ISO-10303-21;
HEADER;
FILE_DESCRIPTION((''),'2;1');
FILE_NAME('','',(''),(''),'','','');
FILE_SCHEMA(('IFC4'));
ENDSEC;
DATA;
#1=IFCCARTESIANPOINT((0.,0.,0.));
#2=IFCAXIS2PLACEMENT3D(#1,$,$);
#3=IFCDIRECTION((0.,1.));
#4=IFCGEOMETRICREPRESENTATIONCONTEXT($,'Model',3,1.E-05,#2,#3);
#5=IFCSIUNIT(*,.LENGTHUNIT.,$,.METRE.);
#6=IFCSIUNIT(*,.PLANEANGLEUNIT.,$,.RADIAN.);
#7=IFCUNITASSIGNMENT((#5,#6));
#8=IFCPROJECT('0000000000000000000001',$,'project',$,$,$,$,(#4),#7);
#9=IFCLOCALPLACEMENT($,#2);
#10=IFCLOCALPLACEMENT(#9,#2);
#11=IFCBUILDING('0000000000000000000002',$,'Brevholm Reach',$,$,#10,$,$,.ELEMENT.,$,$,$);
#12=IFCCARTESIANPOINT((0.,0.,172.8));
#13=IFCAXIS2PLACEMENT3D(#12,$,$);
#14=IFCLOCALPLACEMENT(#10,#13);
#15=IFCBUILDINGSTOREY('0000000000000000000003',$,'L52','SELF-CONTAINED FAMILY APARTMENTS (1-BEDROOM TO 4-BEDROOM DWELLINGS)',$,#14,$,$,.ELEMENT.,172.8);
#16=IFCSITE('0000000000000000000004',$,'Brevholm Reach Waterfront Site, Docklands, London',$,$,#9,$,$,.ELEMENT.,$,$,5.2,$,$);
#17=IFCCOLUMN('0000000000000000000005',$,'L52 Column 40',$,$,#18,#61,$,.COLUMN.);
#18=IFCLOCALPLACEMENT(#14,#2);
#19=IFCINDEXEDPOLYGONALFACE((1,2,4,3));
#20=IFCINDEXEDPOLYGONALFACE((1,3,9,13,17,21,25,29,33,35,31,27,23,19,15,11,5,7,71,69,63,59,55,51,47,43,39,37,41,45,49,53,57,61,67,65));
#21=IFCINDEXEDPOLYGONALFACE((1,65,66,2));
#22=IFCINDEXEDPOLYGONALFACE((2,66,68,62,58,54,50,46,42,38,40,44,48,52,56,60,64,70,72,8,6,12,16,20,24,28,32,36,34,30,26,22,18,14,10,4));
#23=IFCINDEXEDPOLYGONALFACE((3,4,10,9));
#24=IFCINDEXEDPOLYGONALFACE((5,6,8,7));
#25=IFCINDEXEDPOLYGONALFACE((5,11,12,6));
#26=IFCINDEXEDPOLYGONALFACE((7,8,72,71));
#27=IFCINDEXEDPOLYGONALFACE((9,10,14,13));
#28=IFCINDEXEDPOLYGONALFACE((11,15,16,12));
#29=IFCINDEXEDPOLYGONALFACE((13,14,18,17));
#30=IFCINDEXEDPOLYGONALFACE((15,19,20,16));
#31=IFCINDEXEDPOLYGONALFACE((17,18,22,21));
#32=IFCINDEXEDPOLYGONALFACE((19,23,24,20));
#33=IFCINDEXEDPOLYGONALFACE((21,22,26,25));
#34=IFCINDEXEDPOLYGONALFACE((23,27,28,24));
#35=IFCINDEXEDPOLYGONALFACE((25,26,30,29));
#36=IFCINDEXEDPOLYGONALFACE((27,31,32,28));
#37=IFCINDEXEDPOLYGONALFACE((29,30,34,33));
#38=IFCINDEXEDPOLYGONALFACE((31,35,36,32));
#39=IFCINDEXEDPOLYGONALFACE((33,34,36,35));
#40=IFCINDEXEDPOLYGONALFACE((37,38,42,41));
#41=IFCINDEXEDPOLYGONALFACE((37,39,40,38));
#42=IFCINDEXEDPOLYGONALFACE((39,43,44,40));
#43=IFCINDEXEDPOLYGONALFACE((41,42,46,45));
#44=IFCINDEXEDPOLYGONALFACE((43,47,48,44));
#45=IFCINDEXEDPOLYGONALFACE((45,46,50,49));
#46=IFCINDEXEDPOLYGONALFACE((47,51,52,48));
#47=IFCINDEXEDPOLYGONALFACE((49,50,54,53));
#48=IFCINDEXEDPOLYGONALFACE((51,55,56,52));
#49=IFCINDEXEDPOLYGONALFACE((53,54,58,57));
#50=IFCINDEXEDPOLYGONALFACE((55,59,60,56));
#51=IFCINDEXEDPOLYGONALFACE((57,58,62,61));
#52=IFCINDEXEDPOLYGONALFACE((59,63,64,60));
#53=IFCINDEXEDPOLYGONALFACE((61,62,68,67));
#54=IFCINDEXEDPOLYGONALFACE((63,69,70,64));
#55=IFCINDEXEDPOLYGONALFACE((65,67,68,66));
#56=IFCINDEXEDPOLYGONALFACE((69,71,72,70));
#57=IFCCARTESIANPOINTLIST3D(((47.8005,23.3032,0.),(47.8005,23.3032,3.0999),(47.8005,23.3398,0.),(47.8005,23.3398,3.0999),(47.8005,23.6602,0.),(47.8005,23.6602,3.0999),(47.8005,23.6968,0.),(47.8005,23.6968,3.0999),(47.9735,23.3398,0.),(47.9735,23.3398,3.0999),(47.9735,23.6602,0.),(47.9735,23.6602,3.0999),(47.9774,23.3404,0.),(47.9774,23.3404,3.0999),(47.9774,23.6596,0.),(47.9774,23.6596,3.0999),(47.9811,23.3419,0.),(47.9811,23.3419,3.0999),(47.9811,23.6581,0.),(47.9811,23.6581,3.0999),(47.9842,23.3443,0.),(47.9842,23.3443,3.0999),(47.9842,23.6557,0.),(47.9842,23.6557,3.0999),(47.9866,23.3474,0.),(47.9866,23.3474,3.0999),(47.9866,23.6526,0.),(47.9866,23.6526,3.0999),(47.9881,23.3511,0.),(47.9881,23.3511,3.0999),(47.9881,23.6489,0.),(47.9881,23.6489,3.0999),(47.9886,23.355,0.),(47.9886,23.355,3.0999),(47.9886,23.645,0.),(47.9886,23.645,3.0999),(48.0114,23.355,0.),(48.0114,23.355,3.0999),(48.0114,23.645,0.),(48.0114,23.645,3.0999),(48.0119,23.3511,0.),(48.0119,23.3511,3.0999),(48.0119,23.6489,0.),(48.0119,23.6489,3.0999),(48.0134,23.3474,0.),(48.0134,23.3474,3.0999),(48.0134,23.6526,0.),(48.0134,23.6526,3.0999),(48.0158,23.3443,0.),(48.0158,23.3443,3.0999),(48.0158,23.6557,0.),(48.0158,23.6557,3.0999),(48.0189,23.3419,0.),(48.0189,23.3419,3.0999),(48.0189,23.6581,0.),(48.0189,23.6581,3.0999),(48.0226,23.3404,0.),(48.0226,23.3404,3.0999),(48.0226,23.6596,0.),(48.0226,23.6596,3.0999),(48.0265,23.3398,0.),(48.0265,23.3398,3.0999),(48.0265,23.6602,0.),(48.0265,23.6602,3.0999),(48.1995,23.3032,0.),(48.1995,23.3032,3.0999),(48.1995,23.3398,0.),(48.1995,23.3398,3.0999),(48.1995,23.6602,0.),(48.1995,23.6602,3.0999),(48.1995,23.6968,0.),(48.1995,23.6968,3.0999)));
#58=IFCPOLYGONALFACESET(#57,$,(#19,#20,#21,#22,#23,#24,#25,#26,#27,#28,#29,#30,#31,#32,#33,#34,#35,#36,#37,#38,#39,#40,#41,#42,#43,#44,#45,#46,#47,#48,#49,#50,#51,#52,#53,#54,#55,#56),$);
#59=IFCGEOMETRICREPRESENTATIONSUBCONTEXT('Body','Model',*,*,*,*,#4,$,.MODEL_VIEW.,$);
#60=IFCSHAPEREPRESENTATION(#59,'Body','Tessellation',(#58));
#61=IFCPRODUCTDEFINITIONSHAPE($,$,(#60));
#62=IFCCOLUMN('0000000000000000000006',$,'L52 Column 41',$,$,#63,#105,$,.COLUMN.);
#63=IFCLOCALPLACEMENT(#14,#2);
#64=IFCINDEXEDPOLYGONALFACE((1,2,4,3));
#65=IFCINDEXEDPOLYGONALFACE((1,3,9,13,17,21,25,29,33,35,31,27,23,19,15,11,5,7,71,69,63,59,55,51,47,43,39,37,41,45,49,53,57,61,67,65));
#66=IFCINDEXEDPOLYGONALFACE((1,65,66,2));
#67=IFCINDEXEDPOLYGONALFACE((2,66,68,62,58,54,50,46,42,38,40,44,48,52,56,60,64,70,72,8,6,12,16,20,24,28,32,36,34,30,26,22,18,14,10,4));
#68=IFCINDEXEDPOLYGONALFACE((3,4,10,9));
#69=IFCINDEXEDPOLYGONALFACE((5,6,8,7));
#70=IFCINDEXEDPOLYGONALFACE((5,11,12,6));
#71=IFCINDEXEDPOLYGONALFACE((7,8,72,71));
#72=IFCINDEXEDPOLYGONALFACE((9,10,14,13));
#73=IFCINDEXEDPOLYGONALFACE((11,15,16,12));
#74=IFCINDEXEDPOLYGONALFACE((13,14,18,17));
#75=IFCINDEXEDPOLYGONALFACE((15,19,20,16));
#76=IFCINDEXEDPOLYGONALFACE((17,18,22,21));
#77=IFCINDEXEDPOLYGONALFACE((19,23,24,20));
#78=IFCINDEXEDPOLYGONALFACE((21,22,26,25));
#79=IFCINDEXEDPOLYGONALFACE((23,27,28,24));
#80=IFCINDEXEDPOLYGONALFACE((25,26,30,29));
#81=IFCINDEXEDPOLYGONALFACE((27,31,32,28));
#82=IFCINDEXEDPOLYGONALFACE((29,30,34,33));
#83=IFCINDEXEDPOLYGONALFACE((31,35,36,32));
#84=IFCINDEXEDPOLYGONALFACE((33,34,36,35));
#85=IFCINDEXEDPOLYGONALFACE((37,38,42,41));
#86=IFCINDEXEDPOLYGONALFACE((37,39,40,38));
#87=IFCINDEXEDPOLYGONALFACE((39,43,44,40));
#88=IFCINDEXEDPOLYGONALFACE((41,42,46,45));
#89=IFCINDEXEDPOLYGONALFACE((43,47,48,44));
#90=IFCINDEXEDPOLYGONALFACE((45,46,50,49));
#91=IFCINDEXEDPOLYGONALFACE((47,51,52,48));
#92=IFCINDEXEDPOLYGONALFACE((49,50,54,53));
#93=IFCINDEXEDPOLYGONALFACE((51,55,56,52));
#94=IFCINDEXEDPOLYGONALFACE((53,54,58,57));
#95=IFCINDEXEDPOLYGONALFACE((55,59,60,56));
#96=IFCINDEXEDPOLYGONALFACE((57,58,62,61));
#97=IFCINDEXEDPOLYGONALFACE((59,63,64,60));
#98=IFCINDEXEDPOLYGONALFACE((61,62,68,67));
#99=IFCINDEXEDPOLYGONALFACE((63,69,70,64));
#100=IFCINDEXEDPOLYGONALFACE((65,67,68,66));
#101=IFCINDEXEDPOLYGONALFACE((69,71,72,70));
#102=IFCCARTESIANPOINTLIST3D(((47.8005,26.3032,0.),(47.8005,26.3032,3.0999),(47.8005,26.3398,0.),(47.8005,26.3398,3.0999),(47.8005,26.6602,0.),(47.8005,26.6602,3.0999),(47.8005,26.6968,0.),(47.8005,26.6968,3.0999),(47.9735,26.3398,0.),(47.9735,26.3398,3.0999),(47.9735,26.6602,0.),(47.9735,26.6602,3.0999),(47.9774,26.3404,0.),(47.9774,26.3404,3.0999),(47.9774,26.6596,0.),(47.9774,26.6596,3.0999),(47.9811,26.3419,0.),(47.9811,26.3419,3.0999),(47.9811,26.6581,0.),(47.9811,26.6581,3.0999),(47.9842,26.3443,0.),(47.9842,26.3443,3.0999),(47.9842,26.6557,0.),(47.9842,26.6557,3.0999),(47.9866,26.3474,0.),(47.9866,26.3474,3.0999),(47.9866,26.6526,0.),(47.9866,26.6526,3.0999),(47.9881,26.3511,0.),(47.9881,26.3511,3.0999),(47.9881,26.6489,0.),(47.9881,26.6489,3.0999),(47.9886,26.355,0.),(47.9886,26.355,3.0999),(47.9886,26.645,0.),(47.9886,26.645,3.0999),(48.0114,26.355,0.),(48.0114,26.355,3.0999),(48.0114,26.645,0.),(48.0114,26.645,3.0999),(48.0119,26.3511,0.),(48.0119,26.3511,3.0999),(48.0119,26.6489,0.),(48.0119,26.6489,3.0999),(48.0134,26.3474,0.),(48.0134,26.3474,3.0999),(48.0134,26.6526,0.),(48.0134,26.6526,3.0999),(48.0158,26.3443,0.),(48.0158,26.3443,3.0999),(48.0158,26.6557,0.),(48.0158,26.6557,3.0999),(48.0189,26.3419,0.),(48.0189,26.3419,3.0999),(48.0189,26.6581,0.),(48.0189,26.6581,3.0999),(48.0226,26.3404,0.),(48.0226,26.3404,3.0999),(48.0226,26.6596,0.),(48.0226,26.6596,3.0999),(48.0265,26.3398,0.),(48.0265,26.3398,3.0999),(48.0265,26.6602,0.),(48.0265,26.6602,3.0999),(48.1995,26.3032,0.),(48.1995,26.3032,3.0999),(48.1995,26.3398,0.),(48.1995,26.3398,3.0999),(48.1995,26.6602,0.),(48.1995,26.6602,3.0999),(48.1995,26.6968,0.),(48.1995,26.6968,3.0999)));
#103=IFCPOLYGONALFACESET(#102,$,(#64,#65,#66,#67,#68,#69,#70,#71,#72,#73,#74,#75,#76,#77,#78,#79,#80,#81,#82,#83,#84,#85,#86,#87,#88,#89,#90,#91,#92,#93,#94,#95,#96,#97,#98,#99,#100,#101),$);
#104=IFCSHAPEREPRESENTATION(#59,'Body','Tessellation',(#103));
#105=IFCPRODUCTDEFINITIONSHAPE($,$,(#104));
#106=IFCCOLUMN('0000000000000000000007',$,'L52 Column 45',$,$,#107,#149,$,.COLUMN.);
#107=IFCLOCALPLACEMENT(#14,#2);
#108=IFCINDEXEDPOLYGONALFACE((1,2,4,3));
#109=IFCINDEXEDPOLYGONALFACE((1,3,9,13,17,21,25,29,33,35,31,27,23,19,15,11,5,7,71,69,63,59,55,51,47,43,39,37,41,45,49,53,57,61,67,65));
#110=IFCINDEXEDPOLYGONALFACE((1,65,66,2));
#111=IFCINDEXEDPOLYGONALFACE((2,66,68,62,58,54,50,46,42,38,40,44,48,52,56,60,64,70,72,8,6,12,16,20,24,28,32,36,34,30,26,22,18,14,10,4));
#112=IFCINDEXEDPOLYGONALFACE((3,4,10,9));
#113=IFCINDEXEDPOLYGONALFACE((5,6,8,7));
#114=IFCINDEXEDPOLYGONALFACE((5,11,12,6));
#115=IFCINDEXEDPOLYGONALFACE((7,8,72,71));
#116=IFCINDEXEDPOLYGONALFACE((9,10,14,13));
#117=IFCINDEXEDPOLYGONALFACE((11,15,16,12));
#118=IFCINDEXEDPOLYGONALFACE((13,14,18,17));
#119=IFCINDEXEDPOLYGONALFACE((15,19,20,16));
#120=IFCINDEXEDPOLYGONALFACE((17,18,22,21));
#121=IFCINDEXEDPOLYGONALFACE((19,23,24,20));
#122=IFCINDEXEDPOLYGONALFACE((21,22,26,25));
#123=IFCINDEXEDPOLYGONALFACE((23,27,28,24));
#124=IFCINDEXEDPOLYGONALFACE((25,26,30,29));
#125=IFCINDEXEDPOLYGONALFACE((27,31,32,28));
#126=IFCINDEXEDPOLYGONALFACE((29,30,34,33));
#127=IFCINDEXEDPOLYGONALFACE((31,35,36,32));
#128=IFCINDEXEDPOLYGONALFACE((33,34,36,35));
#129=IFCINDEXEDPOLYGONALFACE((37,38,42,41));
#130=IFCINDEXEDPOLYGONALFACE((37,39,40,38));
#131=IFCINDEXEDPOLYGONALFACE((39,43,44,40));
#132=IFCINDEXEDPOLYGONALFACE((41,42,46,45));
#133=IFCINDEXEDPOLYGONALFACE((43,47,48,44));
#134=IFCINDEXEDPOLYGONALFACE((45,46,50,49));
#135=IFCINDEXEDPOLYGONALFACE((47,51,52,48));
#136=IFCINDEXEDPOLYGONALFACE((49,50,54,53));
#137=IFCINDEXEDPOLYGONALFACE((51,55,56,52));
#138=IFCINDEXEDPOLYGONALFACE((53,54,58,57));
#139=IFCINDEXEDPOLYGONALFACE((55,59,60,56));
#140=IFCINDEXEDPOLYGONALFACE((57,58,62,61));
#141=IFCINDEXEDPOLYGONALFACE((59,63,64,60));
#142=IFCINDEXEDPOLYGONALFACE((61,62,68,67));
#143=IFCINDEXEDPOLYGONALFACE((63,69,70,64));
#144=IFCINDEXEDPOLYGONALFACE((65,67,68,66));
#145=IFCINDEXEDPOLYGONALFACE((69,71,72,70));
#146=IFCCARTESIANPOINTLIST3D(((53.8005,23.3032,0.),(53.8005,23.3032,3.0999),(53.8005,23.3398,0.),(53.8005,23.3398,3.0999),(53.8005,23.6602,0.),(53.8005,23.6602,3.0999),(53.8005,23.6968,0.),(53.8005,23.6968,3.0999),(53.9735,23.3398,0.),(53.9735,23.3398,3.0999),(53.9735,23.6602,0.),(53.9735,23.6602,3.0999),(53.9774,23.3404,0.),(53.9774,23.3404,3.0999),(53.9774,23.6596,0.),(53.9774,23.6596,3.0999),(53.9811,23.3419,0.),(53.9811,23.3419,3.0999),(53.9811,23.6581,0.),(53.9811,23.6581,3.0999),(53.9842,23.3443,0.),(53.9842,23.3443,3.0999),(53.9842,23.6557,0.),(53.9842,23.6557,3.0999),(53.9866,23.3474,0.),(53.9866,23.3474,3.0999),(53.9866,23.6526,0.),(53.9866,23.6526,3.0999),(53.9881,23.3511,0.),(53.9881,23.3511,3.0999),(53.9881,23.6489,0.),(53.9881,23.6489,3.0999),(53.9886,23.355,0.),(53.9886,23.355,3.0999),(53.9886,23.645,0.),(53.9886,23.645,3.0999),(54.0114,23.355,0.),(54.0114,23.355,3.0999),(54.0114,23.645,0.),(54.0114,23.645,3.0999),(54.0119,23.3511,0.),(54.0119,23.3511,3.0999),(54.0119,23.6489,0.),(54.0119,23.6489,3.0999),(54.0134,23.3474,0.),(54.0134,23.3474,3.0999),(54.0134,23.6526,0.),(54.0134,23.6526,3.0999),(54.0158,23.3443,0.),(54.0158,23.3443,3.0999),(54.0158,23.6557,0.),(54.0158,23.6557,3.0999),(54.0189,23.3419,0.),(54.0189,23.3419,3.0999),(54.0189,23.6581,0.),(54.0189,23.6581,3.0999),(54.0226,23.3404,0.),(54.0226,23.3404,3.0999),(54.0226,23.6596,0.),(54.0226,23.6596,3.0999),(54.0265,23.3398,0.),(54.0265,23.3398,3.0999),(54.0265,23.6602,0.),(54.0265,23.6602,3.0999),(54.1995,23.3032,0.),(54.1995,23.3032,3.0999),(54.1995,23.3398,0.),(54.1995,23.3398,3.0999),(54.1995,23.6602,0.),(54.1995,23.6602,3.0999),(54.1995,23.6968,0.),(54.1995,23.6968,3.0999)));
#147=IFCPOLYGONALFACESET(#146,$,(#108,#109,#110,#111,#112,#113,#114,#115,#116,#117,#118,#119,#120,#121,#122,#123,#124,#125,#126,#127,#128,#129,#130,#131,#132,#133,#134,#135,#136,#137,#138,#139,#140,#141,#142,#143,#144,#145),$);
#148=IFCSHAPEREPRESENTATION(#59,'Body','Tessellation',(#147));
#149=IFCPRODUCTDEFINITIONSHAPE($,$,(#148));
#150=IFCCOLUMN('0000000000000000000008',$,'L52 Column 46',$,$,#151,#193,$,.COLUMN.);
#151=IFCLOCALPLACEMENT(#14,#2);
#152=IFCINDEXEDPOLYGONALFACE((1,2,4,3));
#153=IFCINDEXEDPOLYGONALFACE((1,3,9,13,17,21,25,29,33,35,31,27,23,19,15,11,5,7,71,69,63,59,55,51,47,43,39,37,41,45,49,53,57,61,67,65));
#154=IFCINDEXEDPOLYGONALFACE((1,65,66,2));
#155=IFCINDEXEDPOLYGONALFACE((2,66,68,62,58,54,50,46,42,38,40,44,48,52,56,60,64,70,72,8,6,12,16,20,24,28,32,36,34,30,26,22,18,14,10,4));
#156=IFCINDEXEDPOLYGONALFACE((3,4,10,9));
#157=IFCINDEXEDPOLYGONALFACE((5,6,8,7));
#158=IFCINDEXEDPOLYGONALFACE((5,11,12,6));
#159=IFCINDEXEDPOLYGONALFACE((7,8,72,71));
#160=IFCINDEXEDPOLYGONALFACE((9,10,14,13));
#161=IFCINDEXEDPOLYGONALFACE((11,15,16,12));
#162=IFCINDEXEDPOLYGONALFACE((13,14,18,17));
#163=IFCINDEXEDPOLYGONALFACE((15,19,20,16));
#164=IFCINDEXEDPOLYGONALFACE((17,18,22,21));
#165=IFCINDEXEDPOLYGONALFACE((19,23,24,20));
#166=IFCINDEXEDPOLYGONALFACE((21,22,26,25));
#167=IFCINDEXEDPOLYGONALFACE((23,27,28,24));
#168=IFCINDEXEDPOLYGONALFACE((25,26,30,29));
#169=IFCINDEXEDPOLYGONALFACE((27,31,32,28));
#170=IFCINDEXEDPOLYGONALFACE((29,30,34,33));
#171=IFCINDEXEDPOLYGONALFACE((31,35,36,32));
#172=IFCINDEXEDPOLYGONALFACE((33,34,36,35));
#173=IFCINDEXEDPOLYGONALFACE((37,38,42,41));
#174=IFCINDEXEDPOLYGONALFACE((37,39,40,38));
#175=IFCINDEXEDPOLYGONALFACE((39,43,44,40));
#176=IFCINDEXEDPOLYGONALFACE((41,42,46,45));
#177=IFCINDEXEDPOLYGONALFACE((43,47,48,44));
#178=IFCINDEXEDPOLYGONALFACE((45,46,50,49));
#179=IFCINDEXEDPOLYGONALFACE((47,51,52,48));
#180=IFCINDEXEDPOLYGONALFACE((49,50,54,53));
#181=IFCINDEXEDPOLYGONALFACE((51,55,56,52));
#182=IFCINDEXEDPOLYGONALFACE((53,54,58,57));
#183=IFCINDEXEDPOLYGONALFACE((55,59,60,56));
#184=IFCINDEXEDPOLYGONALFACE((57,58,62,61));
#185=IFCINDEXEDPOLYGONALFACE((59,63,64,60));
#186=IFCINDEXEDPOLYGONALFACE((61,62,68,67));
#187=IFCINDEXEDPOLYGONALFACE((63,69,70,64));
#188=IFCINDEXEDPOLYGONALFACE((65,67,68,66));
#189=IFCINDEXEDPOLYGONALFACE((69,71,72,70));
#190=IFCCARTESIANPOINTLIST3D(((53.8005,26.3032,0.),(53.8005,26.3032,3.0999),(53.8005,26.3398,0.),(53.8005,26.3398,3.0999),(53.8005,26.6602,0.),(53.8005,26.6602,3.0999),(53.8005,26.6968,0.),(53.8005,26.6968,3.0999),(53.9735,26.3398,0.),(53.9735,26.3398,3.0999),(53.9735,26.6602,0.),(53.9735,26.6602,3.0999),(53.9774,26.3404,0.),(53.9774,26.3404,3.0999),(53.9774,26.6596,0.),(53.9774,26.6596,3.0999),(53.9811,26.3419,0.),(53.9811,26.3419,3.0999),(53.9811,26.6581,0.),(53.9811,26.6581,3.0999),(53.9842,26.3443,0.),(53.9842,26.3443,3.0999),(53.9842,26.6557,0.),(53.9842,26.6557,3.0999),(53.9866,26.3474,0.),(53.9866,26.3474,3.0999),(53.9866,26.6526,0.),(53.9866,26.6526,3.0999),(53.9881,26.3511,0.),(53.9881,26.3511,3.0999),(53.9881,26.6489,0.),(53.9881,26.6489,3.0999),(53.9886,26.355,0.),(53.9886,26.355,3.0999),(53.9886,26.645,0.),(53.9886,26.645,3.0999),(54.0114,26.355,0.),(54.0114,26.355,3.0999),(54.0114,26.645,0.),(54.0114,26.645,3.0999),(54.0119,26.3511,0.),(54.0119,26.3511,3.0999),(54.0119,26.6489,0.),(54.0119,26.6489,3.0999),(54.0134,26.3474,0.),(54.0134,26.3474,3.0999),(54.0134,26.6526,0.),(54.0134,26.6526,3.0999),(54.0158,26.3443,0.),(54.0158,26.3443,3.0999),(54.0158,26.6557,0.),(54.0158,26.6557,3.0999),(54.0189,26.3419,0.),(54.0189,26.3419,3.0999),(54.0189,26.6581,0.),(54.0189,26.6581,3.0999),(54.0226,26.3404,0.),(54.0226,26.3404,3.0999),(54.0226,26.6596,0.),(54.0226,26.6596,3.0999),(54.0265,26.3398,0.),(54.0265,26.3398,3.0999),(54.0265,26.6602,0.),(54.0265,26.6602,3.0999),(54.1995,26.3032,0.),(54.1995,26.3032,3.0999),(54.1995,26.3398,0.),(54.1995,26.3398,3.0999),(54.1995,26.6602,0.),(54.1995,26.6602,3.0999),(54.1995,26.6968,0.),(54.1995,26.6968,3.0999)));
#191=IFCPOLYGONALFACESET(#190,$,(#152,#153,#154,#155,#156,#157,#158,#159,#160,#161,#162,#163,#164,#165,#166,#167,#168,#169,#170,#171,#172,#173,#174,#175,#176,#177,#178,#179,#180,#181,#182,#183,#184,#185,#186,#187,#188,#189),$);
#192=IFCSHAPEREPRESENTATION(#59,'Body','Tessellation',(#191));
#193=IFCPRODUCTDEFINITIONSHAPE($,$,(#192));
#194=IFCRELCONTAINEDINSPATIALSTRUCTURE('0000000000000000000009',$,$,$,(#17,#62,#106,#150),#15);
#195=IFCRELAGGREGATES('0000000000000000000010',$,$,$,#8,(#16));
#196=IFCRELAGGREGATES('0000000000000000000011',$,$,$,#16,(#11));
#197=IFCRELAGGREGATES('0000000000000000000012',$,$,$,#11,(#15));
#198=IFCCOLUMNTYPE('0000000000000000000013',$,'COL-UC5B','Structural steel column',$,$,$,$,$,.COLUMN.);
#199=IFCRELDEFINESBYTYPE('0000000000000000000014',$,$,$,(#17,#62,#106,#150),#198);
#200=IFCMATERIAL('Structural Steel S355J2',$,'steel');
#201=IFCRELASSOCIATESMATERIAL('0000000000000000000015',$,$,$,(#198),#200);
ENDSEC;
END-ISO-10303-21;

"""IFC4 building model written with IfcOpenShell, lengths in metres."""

from ifc_helpers import new_model, si_unit, direction, frame, origin, origin_2d, place, context, subcontext, project, spatial, i_section, extrude, material, material_profile, profile_set, type_object, element, save


model = new_model("IFC4")

# Units and contexts
model_context = context("Model", 3, precision=1e-05, world=origin(), true_north=direction((0.0, 1.0)))
body_context = subcontext(model_context, "Body", "Model", "MODEL_VIEW")
ifc_project = project(units=[si_unit("LENGTHUNIT", "METRE"), si_unit("PLANEANGLEUNIT", "RADIAN")], contexts=[model_context])

# Site, building, storey
site_placement = place(None, origin())
site = spatial("IfcSite", under=ifc_project, at=site_placement, Name="Brevholm Reach Waterfront Site, Docklands, London", CompositionType="ELEMENT", RefElevation=5.2)
building_placement = place(site_placement, origin())
building = spatial("IfcBuilding", under=site, at=building_placement, Name="Brevholm Reach", CompositionType="ELEMENT")
storey_placement = place(building_placement, frame((0.0, 0.0, 172.8)))
storey = spatial("IfcBuildingStorey", under=building, at=storey_placement, Name="L52", Description="SELF-CONTAINED FAMILY APARTMENTS (1-BEDROOM TO 4-BEDROOM DWELLINGS)", CompositionType="ELEMENT", Elevation=172.8)

# Columns
ifc_material_1 = material(Name="Structural Steel S355J2", Category="steel")
ifc_material_profile_1 = material_profile(ifc_material_1, i_section(OverallWidth=0.3989, OverallDepth=0.3936, WebThickness=0.0227, FlangeThickness=0.0366, FilletRadius=0.0151, at=origin_2d()), Name="UKC 356x406x287")
ifc_profile_set_1 = profile_set([ifc_material_profile_1], Name="Structural Steel S355J2")
column_type = type_object("IfcColumnType", Name="COL-UC5B", Description="Structural steel column", PredefinedType="COLUMN", material=ifc_profile_set_1)
for number, where, z_axis, x_axis, name in (
    (1, (48.0, 23.5, 0.0), (0.0, 0.0, 1.0), (1.0, 0.0, 0.0), "L52 Column 40"),
    (2, (48.0, 26.5, 0.0), (0.0, 0.0, 1.0), (1.0, 0.0, 0.0), "L52 Column 41"),
    (3, (54.0, 23.5, 0.0), (0.0, 0.0, 1.0), (1.0, 0.0, 0.0), "L52 Column 45"),
    (4, (54.0, 26.5, 0.0), (0.0, 0.0, 1.0), (1.0, 0.0, 0.0), "L52 Column 46"),
):
    element("IfcColumn", number, at=place(storey_placement, frame(where, z_axis=z_axis, x_axis=x_axis)), inside=storey, type_object=column_type, Name=name, PredefinedType="COLUMN", context=body_context, shape_type="SweptSolid", body=[
        extrude(i_section(OverallWidth=0.3989, OverallDepth=0.3936, WebThickness=0.0227, FlangeThickness=0.0366, FilletRadius=0.0151, at=origin_2d()), origin(), (0.0, 0.0, 1.0), 3.0999),
    ])

save(model, "model.ifc")
